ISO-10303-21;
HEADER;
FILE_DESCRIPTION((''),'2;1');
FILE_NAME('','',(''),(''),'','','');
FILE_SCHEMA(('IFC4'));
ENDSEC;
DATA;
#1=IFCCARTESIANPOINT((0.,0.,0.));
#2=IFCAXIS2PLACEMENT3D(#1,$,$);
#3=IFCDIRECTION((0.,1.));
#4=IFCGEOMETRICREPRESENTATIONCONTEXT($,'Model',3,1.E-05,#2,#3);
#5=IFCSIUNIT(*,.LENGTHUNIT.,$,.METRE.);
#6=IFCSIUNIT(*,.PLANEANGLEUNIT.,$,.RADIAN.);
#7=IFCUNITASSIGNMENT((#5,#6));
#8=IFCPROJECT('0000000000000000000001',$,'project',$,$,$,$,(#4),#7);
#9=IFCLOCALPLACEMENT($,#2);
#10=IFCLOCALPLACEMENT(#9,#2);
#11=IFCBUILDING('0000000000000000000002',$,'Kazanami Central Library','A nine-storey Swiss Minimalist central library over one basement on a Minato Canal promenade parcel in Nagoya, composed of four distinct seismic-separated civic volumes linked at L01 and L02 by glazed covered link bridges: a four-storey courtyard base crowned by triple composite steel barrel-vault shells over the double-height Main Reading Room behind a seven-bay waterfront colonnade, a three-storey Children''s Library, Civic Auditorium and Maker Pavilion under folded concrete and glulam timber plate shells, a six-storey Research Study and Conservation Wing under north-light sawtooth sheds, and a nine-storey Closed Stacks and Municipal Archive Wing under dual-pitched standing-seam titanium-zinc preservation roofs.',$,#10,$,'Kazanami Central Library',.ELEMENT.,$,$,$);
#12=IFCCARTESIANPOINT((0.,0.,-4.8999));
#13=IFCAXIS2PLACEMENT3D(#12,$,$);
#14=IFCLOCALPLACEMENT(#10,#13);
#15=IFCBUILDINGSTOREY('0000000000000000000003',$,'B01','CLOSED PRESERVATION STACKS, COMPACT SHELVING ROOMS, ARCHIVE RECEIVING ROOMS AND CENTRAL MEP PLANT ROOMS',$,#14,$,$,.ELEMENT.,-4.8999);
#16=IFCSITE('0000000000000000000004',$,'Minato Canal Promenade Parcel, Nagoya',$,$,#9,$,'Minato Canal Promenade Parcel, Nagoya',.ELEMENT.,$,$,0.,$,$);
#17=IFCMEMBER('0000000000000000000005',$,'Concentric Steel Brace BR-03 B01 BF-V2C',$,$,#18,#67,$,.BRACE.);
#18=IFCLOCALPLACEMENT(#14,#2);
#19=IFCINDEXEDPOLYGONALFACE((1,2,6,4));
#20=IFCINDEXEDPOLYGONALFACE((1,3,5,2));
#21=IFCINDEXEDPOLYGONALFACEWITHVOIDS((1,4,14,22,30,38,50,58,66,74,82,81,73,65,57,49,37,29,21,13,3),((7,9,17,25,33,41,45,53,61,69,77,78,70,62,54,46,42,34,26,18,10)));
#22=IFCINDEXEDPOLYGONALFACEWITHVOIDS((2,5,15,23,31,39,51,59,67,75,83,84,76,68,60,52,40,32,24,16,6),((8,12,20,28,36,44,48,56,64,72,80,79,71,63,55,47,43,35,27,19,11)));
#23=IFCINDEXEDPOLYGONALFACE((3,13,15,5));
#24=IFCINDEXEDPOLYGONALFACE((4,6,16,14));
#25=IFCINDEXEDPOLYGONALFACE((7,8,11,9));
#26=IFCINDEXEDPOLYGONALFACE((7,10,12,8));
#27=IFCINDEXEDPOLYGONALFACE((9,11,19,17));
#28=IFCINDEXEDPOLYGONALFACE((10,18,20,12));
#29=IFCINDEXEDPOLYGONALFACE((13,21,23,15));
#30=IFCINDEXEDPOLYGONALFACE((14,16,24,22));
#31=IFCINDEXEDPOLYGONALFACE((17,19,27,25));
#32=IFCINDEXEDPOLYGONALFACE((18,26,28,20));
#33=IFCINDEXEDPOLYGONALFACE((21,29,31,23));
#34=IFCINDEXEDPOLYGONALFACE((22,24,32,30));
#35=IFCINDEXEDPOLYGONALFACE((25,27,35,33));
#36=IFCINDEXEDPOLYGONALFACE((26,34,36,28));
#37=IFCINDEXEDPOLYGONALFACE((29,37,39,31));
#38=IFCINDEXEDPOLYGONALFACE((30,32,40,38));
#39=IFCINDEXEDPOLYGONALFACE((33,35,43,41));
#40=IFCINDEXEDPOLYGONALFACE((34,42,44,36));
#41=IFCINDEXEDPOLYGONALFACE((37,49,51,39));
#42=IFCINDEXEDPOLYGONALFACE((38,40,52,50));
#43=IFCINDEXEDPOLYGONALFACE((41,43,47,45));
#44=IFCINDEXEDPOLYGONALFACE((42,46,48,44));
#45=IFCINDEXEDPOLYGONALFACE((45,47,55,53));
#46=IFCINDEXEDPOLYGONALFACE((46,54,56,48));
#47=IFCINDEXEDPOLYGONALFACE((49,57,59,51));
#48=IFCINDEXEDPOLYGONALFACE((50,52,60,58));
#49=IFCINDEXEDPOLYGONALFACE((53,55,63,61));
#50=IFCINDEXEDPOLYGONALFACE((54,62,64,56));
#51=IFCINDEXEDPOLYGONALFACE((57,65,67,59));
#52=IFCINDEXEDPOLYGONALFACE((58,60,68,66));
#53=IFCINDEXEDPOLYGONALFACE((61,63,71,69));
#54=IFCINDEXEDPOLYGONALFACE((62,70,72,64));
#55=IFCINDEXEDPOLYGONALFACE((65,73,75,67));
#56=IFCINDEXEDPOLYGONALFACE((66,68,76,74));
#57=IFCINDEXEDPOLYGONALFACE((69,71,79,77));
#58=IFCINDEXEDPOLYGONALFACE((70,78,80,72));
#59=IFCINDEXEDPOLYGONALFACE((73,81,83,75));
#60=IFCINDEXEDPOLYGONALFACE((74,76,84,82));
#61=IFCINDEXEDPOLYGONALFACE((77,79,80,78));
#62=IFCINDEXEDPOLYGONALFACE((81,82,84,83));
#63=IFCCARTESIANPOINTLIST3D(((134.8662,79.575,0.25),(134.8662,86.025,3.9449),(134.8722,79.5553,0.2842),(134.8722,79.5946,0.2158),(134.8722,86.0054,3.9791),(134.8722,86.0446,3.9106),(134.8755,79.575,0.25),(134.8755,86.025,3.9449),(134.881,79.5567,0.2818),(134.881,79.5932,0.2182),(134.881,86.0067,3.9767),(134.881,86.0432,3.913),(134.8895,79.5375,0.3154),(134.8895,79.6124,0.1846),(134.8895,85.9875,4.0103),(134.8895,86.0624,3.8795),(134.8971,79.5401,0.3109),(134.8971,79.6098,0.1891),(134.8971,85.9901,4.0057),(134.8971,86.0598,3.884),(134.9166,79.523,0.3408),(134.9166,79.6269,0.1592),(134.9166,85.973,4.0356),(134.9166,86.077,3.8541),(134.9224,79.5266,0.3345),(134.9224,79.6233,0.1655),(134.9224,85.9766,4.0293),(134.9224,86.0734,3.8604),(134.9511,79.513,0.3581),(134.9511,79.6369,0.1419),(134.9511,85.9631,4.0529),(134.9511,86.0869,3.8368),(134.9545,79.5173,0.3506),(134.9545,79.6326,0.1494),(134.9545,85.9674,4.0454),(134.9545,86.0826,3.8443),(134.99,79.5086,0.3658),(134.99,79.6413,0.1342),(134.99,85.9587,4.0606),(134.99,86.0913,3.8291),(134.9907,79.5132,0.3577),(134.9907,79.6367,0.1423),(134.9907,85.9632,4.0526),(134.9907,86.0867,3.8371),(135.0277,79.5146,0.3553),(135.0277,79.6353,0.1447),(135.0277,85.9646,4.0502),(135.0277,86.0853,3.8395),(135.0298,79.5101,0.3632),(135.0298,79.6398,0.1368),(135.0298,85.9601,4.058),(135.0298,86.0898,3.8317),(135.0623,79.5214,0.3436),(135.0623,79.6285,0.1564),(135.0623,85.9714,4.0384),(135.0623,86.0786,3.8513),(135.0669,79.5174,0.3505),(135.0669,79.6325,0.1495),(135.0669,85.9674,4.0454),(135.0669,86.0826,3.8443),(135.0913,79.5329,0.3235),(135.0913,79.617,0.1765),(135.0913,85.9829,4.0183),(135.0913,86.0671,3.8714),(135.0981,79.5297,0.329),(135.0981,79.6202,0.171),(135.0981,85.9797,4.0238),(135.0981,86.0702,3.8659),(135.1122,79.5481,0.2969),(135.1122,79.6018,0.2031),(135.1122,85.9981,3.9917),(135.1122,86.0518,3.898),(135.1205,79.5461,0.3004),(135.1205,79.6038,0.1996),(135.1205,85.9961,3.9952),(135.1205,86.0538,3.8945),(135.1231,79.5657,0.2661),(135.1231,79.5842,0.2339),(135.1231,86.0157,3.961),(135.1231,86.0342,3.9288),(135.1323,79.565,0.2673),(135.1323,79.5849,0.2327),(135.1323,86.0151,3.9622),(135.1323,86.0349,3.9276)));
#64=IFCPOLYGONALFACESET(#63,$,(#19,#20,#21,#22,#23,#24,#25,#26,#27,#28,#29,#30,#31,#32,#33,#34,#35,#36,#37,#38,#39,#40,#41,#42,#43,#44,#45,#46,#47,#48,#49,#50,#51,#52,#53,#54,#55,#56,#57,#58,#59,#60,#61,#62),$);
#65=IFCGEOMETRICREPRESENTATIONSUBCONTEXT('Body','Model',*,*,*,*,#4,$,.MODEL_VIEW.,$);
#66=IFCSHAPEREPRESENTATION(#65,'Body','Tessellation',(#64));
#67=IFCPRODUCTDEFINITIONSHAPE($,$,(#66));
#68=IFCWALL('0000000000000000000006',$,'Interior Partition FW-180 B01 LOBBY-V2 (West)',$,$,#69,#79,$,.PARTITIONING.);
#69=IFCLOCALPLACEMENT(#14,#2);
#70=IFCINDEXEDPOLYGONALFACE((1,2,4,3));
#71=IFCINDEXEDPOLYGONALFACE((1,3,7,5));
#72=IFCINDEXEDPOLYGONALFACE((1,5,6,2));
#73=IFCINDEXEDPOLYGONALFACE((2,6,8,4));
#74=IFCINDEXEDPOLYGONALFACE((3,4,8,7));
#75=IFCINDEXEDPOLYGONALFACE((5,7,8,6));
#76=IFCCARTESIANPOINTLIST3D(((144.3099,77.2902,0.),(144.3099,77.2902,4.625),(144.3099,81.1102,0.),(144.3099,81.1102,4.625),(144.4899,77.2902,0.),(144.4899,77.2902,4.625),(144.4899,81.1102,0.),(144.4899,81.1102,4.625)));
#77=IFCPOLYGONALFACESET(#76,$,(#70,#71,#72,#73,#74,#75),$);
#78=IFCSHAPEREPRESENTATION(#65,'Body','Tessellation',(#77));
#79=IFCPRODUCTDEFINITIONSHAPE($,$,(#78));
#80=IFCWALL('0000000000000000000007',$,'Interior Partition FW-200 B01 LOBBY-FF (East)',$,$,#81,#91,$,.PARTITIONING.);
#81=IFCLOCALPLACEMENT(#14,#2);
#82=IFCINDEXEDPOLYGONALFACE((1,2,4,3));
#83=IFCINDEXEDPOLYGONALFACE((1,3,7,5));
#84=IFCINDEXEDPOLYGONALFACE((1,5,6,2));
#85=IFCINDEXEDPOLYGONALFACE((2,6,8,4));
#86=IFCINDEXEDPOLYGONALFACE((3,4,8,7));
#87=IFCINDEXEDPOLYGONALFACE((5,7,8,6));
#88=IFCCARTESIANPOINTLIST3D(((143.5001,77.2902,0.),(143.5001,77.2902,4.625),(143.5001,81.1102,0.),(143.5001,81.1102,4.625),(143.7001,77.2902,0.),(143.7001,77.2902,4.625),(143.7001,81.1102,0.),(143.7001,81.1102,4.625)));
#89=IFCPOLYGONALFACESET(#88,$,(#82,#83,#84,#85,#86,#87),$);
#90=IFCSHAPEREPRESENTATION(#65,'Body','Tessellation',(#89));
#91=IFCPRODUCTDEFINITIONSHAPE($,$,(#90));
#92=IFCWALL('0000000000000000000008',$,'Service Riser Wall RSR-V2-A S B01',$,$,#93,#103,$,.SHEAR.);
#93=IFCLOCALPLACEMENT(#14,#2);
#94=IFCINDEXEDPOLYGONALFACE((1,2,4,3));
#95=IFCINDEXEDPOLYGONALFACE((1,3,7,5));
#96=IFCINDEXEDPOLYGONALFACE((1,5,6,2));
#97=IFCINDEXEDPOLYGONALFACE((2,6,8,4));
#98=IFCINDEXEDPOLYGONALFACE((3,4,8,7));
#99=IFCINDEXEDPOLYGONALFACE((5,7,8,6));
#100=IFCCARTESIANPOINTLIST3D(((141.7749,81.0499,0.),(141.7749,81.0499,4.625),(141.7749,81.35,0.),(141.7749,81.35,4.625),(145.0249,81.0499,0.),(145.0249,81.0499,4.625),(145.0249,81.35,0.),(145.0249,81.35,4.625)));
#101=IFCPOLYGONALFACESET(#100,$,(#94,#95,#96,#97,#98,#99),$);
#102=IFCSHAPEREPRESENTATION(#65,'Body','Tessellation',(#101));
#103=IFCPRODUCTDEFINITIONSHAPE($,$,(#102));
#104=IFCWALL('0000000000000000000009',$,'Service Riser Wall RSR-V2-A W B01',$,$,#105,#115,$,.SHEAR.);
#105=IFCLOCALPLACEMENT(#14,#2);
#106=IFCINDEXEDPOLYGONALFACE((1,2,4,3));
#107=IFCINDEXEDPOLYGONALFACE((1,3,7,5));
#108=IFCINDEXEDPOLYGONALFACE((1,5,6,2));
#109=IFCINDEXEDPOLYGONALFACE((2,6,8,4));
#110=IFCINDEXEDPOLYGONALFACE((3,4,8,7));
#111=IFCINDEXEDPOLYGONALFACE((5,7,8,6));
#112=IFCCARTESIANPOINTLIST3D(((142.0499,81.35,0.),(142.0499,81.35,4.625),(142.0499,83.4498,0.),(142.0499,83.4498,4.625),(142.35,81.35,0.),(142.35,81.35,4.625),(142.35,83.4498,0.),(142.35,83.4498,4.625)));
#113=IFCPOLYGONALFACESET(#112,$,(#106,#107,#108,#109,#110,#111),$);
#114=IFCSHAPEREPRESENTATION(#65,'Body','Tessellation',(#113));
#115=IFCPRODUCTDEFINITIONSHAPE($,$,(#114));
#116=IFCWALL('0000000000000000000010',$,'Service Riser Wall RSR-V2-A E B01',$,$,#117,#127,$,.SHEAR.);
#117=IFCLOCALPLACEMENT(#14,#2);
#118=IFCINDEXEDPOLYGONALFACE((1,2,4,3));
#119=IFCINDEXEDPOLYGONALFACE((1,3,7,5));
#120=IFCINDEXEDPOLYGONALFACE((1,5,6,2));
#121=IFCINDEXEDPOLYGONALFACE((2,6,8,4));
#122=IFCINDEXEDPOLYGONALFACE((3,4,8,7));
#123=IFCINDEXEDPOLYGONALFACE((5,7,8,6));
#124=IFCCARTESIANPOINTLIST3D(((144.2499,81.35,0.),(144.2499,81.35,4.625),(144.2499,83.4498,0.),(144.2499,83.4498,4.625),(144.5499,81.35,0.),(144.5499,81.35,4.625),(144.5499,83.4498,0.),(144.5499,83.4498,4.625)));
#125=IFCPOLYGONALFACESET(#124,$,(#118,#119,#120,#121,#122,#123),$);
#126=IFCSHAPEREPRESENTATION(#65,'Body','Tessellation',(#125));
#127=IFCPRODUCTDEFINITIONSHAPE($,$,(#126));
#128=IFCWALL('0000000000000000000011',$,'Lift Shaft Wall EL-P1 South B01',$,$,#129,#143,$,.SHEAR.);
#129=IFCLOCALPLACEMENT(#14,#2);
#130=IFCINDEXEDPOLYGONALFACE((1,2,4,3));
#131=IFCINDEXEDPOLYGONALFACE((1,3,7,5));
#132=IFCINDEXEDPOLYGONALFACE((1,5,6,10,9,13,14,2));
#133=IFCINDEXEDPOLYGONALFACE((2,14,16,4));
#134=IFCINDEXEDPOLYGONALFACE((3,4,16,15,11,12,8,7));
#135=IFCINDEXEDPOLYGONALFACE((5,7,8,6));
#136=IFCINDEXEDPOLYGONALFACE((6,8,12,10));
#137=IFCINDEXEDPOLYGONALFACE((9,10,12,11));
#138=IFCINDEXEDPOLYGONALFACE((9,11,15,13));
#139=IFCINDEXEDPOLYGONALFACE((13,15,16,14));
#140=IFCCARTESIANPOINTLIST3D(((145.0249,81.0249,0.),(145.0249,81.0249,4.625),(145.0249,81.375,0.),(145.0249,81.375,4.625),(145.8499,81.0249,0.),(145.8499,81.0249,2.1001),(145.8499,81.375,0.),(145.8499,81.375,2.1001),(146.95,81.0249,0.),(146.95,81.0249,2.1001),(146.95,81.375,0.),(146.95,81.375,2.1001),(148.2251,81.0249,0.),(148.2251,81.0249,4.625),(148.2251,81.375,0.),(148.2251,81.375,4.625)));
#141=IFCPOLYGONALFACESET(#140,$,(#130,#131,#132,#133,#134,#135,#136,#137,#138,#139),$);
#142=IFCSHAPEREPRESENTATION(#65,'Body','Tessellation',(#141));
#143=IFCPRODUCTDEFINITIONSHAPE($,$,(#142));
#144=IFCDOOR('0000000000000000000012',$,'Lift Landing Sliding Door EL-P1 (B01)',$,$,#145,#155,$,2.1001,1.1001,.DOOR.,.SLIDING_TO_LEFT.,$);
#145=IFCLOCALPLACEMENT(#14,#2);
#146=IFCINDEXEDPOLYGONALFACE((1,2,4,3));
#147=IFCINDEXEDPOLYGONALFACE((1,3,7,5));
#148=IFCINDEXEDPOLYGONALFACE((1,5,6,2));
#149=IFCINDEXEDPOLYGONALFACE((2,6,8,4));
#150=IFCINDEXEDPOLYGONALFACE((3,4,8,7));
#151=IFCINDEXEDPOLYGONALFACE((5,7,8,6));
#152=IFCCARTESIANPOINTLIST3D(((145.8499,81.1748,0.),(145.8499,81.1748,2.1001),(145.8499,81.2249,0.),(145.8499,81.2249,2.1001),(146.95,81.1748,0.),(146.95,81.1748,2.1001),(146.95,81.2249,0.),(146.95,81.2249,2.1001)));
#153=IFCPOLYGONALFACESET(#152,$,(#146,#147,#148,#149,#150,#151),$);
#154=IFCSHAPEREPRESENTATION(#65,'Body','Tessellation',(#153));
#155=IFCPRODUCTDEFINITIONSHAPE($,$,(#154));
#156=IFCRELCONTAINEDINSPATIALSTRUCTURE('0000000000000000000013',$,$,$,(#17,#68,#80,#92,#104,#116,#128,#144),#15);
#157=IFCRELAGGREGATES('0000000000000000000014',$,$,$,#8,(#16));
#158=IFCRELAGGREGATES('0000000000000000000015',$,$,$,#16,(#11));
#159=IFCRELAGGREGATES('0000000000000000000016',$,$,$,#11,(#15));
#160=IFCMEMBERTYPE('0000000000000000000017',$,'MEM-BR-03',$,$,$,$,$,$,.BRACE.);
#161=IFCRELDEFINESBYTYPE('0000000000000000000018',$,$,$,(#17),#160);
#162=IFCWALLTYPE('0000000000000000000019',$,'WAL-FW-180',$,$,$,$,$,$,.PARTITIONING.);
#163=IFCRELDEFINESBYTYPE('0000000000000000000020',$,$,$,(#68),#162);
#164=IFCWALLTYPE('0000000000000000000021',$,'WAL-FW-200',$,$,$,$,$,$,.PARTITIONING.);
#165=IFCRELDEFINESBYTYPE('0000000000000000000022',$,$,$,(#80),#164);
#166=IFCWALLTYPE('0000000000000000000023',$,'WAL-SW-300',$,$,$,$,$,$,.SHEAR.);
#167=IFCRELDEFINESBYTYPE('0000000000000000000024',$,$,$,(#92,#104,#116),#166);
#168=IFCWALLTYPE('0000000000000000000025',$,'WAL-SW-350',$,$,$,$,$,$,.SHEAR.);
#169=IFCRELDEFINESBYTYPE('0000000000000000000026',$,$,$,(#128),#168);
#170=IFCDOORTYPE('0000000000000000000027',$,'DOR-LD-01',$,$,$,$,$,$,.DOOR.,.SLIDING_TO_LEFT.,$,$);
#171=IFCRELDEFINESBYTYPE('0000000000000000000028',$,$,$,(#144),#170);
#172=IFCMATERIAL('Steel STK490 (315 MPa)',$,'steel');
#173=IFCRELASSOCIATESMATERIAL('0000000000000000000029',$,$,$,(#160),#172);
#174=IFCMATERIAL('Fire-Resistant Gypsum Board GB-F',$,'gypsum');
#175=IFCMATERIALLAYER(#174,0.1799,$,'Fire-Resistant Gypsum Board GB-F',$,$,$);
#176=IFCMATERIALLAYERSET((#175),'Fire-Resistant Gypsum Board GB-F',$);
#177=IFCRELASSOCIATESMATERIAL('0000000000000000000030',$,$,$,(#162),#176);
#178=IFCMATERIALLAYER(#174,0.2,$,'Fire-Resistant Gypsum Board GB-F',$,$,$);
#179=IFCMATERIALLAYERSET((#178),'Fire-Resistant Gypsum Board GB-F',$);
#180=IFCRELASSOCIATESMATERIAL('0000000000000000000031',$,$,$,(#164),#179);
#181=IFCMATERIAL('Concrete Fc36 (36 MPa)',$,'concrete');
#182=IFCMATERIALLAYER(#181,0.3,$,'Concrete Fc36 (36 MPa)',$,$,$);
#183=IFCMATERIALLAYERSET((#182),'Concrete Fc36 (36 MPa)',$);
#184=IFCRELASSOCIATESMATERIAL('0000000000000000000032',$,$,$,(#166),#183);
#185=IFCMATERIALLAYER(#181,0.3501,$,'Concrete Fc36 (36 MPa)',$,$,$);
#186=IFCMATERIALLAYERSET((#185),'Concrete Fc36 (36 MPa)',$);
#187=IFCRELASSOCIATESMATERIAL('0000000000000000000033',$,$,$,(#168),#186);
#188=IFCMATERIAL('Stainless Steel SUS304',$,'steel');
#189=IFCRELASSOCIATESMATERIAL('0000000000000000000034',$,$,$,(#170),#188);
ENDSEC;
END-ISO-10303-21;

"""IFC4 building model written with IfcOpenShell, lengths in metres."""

from ifc_helpers import new_model, si_unit, direction, frame, frame_2d, origin, origin_2d, place, context, subcontext, project, spatial, rectangle, hollow_circle, extrude, material, layer, layer_set, material_profile, profile_set, type_object, element, fill, save


model = new_model("IFC4")

# Units and contexts
model_context = context("Model", 3, precision=1e-05, world=origin(), true_north=direction((0.0, 1.0)))
body_context = subcontext(model_context, "Body", "Model", "MODEL_VIEW")
ifc_project = project(units=[si_unit("LENGTHUNIT", "METRE"), si_unit("PLANEANGLEUNIT", "RADIAN")], contexts=[model_context])

# Site, building, storey
site_placement = place(None, origin())
site = spatial("IfcSite", under=ifc_project, at=site_placement, Name="Minato Canal Promenade Parcel, Nagoya", LongName="Minato Canal Promenade Parcel, Nagoya", CompositionType="ELEMENT", RefElevation=0.0)
building_placement = place(site_placement, origin())
building = spatial("IfcBuilding", under=site, at=building_placement, Name="Kazanami Central Library", Description="A nine-storey Swiss Minimalist central library over one basement on a Minato Canal promenade parcel in Nagoya, composed of four distinct seismic-separated civic volumes linked at L01 and L02 by glazed covered link bridges: a four-storey courtyard base crowned by triple composite steel barrel-vault shells over the double-height Main Reading Room behind a seven-bay waterfront colonnade, a three-storey Children's Library, Civic Auditorium and Maker Pavilion under folded concrete and glulam timber plate shells, a six-storey Research Study and Conservation Wing under north-light sawtooth sheds, and a nine-storey Closed Stacks and Municipal Archive Wing under dual-pitched standing-seam titanium-zinc preservation roofs.", LongName="Kazanami Central Library", CompositionType="ELEMENT")
storey_placement = place(building_placement, frame((0.0, 0.0, -4.8999)))
storey = spatial("IfcBuildingStorey", under=building, at=storey_placement, Name="B01", Description="CLOSED PRESERVATION STACKS, COMPACT SHELVING ROOMS, ARCHIVE RECEIVING ROOMS AND CENTRAL MEP PLANT ROOMS", CompositionType="ELEMENT", Elevation=-4.8999)

# Shared definitions
ifc_material_1 = material(Name="Concrete Fc36 (36 MPa)", Category="concrete")

# Member
ifc_material_2 = material(Name="Steel STK490 (315 MPa)", Category="steel")
ifc_material_profile_1 = material_profile(ifc_material_2, hollow_circle(Radius=0.1338, WallThickness=0.0093, at=origin_2d()), Name="CHS-267.4x9.3")
ifc_profile_set_1 = profile_set([ifc_material_profile_1], Name="Steel STK490 (315 MPa)")
member_type = type_object("IfcMemberType", Name="MEM-BR-03", PredefinedType="BRACE", material=ifc_profile_set_1)
member_placement = place(storey_placement, frame((135.0, 79.575, 0.25), z_axis=(0.0, 0.867713, 0.497065), x_axis=(-1.0, 0.0, 0.0)))
element("IfcMember", 1, at=member_placement, inside=storey, type_object=member_type, Name="Concentric Steel Brace BR-03 B01 BF-V2C", PredefinedType="BRACE", context=body_context, shape_type="SweptSolid", body=[
    extrude(hollow_circle(Radius=0.1338, WallThickness=0.0093, at=origin_2d()), origin(), (0.0, 0.0, 1.0), 7.4333),
])

# Walls
ifc_material_3 = material(Name="Fire-Resistant Gypsum Board GB-F", Category="gypsum")
ifc_layer_1 = layer(ifc_material_3, 0.1799, Name="Fire-Resistant Gypsum Board GB-F")
ifc_layer_set_1 = layer_set([ifc_layer_1], Name="Fire-Resistant Gypsum Board GB-F")
wall_type_1 = type_object("IfcWallType", Name="WAL-FW-180", PredefinedType="PARTITIONING", material=ifc_layer_set_1)
wall_1_placement = place(storey_placement, frame((144.3999, 77.29, 0.0), z_axis=(0.0, 0.0, 1.0), x_axis=(0.0, 1.0, 0.0)))
element("IfcWall", 2, at=wall_1_placement, inside=storey, type_object=wall_type_1, Name="Interior Partition FW-180 B01 LOBBY-V2 (West)", PredefinedType="PARTITIONING", context=body_context, shape_type="SweptSolid", body=[
    extrude(rectangle(XDim=3.8201, YDim=0.1799, at=frame_2d((1.9102, 0.0))), origin(), (0.0, 0.0, 1.0), 4.625),
])
ifc_layer_2 = layer(ifc_material_3, 0.2, Name="Fire-Resistant Gypsum Board GB-F")
ifc_layer_set_2 = layer_set([ifc_layer_2], Name="Fire-Resistant Gypsum Board GB-F")
wall_type_2 = type_object("IfcWallType", Name="WAL-FW-200", PredefinedType="PARTITIONING", material=ifc_layer_set_2)
wall_2_placement = place(storey_placement, frame((143.6001, 77.29, 0.0), z_axis=(0.0, 0.0, 1.0), x_axis=(0.0, 1.0, 0.0)))
element("IfcWall", 3, at=wall_2_placement, inside=storey, type_object=wall_type_2, Name="Interior Partition FW-200 B01 LOBBY-FF (East)", PredefinedType="PARTITIONING", context=body_context, shape_type="SweptSolid", body=[
    extrude(rectangle(XDim=3.8201, YDim=0.2, at=frame_2d((1.9102, 0.0))), origin(), (0.0, 0.0, 1.0), 4.625),
])
ifc_layer_3 = layer(ifc_material_1, 0.3, Name="Concrete Fc36 (36 MPa)")
ifc_layer_set_3 = layer_set([ifc_layer_3], Name="Concrete Fc36 (36 MPa)")
wall_type_3 = type_object("IfcWallType", Name="WAL-SW-300", PredefinedType="SHEAR", material=ifc_layer_set_3)
wall_3_placement = place(storey_placement, frame((141.7749, 81.2, 0.0), z_axis=(0.0, 0.0, 1.0), x_axis=(1.0, 0.0, 0.0)))
element("IfcWall", 4, at=wall_3_placement, inside=storey, type_object=wall_type_3, Name="Service Riser Wall RSR-V2-A S B01", PredefinedType="SHEAR", context=body_context, shape_type="SweptSolid", body=[
    extrude(rectangle(XDim=3.25, YDim=0.3, at=frame_2d((1.625, 0.0))), origin(), (0.0, 0.0, 1.0), 4.625),
])
for number, where, z_axis, x_axis, name in (
    (5, (142.2, 81.3501, 0.0), (0.0, 0.0, 1.0), (0.0, 1.0, 0.0), "Service Riser Wall RSR-V2-A W B01"),
    (6, (144.3999, 81.3501, 0.0), (0.0, 0.0, 1.0), (0.0, 1.0, 0.0), "Service Riser Wall RSR-V2-A E B01"),
):
    element("IfcWall", number, at=place(storey_placement, frame(where, z_axis=z_axis, x_axis=x_axis)), inside=storey, type_object=wall_type_3, Name=name, PredefinedType="SHEAR", context=body_context, shape_type="SweptSolid", body=[
        extrude(rectangle(XDim=2.0999, YDim=0.3, at=frame_2d((1.0498, 0.0))), origin(), (0.0, 0.0, 1.0), 4.625),
    ])

# Wall, opening, door
ifc_layer_4 = layer(ifc_material_1, 0.3501, Name="Concrete Fc36 (36 MPa)")
ifc_layer_set_4 = layer_set([ifc_layer_4], Name="Concrete Fc36 (36 MPa)")
wall_type_4 = type_object("IfcWallType", Name="WAL-SW-350", PredefinedType="SHEAR", material=ifc_layer_set_4)
ifc_material_4 = material(Name="Stainless Steel SUS304", Category="steel")
wall_4_placement = place(storey_placement, frame((145.0249, 81.2, 0.0), z_axis=(0.0, 0.0, 1.0), x_axis=(1.0, 0.0, 0.0)))
wall_4 = element("IfcWall", 7, at=wall_4_placement, inside=storey, type_object=wall_type_4, Name="Lift Shaft Wall EL-P1 South B01", PredefinedType="SHEAR", context=body_context, shape_type="SweptSolid", body=[
    extrude(rectangle(XDim=3.2002, YDim=0.3501, at=frame_2d((1.6001, 0.0))), origin(), (0.0, 0.0, 1.0), 4.625),
])
opening_1_placement = place(wall_4_placement, frame((0.825, 0.0, 0.0)))
opening_1 = element("IfcOpeningElement", 8, at=opening_1_placement, cuts=wall_4, PredefinedType="OPENING", context=body_context, shape_type="SweptSolid", body=[
    extrude(rectangle(XDim=1.1001, YDim=2.1001, at=frame_2d((0.55, 1.05))), frame((0.0, 0.187, 0.0), z_axis=(0.0, -1.0, 0.0), x_axis=(1.0, 0.0, 0.0)), (0.0, 0.0, 1.0), 0.374),
])
door_type_1 = type_object("IfcDoorType", Name="DOR-LD-01", OperationType="SLIDING_TO_LEFT", PredefinedType="DOOR", material=ifc_material_4)
door_1_placement = place(opening_1_placement, origin())
door_1 = element("IfcDoor", 9, at=door_1_placement, inside=storey, type_object=door_type_1, Name="Lift Landing Sliding Door EL-P1 (B01)", OperationType="SLIDING_TO_LEFT", OverallHeight=2.1001, OverallWidth=1.1001, PredefinedType="DOOR", context=body_context, shape_type="SweptSolid", body=[
    extrude(rectangle(XDim=1.1001, YDim=2.1001, at=frame_2d((0.55, 1.05))), frame((0.0, 0.0249, 0.0), z_axis=(0.0, -1.0, 0.0), x_axis=(1.0, 0.0, 0.0)), (0.0, 0.0, 1.0), 0.05),
])
fill(opening_1, door_1)

save(model, "model.ifc")
